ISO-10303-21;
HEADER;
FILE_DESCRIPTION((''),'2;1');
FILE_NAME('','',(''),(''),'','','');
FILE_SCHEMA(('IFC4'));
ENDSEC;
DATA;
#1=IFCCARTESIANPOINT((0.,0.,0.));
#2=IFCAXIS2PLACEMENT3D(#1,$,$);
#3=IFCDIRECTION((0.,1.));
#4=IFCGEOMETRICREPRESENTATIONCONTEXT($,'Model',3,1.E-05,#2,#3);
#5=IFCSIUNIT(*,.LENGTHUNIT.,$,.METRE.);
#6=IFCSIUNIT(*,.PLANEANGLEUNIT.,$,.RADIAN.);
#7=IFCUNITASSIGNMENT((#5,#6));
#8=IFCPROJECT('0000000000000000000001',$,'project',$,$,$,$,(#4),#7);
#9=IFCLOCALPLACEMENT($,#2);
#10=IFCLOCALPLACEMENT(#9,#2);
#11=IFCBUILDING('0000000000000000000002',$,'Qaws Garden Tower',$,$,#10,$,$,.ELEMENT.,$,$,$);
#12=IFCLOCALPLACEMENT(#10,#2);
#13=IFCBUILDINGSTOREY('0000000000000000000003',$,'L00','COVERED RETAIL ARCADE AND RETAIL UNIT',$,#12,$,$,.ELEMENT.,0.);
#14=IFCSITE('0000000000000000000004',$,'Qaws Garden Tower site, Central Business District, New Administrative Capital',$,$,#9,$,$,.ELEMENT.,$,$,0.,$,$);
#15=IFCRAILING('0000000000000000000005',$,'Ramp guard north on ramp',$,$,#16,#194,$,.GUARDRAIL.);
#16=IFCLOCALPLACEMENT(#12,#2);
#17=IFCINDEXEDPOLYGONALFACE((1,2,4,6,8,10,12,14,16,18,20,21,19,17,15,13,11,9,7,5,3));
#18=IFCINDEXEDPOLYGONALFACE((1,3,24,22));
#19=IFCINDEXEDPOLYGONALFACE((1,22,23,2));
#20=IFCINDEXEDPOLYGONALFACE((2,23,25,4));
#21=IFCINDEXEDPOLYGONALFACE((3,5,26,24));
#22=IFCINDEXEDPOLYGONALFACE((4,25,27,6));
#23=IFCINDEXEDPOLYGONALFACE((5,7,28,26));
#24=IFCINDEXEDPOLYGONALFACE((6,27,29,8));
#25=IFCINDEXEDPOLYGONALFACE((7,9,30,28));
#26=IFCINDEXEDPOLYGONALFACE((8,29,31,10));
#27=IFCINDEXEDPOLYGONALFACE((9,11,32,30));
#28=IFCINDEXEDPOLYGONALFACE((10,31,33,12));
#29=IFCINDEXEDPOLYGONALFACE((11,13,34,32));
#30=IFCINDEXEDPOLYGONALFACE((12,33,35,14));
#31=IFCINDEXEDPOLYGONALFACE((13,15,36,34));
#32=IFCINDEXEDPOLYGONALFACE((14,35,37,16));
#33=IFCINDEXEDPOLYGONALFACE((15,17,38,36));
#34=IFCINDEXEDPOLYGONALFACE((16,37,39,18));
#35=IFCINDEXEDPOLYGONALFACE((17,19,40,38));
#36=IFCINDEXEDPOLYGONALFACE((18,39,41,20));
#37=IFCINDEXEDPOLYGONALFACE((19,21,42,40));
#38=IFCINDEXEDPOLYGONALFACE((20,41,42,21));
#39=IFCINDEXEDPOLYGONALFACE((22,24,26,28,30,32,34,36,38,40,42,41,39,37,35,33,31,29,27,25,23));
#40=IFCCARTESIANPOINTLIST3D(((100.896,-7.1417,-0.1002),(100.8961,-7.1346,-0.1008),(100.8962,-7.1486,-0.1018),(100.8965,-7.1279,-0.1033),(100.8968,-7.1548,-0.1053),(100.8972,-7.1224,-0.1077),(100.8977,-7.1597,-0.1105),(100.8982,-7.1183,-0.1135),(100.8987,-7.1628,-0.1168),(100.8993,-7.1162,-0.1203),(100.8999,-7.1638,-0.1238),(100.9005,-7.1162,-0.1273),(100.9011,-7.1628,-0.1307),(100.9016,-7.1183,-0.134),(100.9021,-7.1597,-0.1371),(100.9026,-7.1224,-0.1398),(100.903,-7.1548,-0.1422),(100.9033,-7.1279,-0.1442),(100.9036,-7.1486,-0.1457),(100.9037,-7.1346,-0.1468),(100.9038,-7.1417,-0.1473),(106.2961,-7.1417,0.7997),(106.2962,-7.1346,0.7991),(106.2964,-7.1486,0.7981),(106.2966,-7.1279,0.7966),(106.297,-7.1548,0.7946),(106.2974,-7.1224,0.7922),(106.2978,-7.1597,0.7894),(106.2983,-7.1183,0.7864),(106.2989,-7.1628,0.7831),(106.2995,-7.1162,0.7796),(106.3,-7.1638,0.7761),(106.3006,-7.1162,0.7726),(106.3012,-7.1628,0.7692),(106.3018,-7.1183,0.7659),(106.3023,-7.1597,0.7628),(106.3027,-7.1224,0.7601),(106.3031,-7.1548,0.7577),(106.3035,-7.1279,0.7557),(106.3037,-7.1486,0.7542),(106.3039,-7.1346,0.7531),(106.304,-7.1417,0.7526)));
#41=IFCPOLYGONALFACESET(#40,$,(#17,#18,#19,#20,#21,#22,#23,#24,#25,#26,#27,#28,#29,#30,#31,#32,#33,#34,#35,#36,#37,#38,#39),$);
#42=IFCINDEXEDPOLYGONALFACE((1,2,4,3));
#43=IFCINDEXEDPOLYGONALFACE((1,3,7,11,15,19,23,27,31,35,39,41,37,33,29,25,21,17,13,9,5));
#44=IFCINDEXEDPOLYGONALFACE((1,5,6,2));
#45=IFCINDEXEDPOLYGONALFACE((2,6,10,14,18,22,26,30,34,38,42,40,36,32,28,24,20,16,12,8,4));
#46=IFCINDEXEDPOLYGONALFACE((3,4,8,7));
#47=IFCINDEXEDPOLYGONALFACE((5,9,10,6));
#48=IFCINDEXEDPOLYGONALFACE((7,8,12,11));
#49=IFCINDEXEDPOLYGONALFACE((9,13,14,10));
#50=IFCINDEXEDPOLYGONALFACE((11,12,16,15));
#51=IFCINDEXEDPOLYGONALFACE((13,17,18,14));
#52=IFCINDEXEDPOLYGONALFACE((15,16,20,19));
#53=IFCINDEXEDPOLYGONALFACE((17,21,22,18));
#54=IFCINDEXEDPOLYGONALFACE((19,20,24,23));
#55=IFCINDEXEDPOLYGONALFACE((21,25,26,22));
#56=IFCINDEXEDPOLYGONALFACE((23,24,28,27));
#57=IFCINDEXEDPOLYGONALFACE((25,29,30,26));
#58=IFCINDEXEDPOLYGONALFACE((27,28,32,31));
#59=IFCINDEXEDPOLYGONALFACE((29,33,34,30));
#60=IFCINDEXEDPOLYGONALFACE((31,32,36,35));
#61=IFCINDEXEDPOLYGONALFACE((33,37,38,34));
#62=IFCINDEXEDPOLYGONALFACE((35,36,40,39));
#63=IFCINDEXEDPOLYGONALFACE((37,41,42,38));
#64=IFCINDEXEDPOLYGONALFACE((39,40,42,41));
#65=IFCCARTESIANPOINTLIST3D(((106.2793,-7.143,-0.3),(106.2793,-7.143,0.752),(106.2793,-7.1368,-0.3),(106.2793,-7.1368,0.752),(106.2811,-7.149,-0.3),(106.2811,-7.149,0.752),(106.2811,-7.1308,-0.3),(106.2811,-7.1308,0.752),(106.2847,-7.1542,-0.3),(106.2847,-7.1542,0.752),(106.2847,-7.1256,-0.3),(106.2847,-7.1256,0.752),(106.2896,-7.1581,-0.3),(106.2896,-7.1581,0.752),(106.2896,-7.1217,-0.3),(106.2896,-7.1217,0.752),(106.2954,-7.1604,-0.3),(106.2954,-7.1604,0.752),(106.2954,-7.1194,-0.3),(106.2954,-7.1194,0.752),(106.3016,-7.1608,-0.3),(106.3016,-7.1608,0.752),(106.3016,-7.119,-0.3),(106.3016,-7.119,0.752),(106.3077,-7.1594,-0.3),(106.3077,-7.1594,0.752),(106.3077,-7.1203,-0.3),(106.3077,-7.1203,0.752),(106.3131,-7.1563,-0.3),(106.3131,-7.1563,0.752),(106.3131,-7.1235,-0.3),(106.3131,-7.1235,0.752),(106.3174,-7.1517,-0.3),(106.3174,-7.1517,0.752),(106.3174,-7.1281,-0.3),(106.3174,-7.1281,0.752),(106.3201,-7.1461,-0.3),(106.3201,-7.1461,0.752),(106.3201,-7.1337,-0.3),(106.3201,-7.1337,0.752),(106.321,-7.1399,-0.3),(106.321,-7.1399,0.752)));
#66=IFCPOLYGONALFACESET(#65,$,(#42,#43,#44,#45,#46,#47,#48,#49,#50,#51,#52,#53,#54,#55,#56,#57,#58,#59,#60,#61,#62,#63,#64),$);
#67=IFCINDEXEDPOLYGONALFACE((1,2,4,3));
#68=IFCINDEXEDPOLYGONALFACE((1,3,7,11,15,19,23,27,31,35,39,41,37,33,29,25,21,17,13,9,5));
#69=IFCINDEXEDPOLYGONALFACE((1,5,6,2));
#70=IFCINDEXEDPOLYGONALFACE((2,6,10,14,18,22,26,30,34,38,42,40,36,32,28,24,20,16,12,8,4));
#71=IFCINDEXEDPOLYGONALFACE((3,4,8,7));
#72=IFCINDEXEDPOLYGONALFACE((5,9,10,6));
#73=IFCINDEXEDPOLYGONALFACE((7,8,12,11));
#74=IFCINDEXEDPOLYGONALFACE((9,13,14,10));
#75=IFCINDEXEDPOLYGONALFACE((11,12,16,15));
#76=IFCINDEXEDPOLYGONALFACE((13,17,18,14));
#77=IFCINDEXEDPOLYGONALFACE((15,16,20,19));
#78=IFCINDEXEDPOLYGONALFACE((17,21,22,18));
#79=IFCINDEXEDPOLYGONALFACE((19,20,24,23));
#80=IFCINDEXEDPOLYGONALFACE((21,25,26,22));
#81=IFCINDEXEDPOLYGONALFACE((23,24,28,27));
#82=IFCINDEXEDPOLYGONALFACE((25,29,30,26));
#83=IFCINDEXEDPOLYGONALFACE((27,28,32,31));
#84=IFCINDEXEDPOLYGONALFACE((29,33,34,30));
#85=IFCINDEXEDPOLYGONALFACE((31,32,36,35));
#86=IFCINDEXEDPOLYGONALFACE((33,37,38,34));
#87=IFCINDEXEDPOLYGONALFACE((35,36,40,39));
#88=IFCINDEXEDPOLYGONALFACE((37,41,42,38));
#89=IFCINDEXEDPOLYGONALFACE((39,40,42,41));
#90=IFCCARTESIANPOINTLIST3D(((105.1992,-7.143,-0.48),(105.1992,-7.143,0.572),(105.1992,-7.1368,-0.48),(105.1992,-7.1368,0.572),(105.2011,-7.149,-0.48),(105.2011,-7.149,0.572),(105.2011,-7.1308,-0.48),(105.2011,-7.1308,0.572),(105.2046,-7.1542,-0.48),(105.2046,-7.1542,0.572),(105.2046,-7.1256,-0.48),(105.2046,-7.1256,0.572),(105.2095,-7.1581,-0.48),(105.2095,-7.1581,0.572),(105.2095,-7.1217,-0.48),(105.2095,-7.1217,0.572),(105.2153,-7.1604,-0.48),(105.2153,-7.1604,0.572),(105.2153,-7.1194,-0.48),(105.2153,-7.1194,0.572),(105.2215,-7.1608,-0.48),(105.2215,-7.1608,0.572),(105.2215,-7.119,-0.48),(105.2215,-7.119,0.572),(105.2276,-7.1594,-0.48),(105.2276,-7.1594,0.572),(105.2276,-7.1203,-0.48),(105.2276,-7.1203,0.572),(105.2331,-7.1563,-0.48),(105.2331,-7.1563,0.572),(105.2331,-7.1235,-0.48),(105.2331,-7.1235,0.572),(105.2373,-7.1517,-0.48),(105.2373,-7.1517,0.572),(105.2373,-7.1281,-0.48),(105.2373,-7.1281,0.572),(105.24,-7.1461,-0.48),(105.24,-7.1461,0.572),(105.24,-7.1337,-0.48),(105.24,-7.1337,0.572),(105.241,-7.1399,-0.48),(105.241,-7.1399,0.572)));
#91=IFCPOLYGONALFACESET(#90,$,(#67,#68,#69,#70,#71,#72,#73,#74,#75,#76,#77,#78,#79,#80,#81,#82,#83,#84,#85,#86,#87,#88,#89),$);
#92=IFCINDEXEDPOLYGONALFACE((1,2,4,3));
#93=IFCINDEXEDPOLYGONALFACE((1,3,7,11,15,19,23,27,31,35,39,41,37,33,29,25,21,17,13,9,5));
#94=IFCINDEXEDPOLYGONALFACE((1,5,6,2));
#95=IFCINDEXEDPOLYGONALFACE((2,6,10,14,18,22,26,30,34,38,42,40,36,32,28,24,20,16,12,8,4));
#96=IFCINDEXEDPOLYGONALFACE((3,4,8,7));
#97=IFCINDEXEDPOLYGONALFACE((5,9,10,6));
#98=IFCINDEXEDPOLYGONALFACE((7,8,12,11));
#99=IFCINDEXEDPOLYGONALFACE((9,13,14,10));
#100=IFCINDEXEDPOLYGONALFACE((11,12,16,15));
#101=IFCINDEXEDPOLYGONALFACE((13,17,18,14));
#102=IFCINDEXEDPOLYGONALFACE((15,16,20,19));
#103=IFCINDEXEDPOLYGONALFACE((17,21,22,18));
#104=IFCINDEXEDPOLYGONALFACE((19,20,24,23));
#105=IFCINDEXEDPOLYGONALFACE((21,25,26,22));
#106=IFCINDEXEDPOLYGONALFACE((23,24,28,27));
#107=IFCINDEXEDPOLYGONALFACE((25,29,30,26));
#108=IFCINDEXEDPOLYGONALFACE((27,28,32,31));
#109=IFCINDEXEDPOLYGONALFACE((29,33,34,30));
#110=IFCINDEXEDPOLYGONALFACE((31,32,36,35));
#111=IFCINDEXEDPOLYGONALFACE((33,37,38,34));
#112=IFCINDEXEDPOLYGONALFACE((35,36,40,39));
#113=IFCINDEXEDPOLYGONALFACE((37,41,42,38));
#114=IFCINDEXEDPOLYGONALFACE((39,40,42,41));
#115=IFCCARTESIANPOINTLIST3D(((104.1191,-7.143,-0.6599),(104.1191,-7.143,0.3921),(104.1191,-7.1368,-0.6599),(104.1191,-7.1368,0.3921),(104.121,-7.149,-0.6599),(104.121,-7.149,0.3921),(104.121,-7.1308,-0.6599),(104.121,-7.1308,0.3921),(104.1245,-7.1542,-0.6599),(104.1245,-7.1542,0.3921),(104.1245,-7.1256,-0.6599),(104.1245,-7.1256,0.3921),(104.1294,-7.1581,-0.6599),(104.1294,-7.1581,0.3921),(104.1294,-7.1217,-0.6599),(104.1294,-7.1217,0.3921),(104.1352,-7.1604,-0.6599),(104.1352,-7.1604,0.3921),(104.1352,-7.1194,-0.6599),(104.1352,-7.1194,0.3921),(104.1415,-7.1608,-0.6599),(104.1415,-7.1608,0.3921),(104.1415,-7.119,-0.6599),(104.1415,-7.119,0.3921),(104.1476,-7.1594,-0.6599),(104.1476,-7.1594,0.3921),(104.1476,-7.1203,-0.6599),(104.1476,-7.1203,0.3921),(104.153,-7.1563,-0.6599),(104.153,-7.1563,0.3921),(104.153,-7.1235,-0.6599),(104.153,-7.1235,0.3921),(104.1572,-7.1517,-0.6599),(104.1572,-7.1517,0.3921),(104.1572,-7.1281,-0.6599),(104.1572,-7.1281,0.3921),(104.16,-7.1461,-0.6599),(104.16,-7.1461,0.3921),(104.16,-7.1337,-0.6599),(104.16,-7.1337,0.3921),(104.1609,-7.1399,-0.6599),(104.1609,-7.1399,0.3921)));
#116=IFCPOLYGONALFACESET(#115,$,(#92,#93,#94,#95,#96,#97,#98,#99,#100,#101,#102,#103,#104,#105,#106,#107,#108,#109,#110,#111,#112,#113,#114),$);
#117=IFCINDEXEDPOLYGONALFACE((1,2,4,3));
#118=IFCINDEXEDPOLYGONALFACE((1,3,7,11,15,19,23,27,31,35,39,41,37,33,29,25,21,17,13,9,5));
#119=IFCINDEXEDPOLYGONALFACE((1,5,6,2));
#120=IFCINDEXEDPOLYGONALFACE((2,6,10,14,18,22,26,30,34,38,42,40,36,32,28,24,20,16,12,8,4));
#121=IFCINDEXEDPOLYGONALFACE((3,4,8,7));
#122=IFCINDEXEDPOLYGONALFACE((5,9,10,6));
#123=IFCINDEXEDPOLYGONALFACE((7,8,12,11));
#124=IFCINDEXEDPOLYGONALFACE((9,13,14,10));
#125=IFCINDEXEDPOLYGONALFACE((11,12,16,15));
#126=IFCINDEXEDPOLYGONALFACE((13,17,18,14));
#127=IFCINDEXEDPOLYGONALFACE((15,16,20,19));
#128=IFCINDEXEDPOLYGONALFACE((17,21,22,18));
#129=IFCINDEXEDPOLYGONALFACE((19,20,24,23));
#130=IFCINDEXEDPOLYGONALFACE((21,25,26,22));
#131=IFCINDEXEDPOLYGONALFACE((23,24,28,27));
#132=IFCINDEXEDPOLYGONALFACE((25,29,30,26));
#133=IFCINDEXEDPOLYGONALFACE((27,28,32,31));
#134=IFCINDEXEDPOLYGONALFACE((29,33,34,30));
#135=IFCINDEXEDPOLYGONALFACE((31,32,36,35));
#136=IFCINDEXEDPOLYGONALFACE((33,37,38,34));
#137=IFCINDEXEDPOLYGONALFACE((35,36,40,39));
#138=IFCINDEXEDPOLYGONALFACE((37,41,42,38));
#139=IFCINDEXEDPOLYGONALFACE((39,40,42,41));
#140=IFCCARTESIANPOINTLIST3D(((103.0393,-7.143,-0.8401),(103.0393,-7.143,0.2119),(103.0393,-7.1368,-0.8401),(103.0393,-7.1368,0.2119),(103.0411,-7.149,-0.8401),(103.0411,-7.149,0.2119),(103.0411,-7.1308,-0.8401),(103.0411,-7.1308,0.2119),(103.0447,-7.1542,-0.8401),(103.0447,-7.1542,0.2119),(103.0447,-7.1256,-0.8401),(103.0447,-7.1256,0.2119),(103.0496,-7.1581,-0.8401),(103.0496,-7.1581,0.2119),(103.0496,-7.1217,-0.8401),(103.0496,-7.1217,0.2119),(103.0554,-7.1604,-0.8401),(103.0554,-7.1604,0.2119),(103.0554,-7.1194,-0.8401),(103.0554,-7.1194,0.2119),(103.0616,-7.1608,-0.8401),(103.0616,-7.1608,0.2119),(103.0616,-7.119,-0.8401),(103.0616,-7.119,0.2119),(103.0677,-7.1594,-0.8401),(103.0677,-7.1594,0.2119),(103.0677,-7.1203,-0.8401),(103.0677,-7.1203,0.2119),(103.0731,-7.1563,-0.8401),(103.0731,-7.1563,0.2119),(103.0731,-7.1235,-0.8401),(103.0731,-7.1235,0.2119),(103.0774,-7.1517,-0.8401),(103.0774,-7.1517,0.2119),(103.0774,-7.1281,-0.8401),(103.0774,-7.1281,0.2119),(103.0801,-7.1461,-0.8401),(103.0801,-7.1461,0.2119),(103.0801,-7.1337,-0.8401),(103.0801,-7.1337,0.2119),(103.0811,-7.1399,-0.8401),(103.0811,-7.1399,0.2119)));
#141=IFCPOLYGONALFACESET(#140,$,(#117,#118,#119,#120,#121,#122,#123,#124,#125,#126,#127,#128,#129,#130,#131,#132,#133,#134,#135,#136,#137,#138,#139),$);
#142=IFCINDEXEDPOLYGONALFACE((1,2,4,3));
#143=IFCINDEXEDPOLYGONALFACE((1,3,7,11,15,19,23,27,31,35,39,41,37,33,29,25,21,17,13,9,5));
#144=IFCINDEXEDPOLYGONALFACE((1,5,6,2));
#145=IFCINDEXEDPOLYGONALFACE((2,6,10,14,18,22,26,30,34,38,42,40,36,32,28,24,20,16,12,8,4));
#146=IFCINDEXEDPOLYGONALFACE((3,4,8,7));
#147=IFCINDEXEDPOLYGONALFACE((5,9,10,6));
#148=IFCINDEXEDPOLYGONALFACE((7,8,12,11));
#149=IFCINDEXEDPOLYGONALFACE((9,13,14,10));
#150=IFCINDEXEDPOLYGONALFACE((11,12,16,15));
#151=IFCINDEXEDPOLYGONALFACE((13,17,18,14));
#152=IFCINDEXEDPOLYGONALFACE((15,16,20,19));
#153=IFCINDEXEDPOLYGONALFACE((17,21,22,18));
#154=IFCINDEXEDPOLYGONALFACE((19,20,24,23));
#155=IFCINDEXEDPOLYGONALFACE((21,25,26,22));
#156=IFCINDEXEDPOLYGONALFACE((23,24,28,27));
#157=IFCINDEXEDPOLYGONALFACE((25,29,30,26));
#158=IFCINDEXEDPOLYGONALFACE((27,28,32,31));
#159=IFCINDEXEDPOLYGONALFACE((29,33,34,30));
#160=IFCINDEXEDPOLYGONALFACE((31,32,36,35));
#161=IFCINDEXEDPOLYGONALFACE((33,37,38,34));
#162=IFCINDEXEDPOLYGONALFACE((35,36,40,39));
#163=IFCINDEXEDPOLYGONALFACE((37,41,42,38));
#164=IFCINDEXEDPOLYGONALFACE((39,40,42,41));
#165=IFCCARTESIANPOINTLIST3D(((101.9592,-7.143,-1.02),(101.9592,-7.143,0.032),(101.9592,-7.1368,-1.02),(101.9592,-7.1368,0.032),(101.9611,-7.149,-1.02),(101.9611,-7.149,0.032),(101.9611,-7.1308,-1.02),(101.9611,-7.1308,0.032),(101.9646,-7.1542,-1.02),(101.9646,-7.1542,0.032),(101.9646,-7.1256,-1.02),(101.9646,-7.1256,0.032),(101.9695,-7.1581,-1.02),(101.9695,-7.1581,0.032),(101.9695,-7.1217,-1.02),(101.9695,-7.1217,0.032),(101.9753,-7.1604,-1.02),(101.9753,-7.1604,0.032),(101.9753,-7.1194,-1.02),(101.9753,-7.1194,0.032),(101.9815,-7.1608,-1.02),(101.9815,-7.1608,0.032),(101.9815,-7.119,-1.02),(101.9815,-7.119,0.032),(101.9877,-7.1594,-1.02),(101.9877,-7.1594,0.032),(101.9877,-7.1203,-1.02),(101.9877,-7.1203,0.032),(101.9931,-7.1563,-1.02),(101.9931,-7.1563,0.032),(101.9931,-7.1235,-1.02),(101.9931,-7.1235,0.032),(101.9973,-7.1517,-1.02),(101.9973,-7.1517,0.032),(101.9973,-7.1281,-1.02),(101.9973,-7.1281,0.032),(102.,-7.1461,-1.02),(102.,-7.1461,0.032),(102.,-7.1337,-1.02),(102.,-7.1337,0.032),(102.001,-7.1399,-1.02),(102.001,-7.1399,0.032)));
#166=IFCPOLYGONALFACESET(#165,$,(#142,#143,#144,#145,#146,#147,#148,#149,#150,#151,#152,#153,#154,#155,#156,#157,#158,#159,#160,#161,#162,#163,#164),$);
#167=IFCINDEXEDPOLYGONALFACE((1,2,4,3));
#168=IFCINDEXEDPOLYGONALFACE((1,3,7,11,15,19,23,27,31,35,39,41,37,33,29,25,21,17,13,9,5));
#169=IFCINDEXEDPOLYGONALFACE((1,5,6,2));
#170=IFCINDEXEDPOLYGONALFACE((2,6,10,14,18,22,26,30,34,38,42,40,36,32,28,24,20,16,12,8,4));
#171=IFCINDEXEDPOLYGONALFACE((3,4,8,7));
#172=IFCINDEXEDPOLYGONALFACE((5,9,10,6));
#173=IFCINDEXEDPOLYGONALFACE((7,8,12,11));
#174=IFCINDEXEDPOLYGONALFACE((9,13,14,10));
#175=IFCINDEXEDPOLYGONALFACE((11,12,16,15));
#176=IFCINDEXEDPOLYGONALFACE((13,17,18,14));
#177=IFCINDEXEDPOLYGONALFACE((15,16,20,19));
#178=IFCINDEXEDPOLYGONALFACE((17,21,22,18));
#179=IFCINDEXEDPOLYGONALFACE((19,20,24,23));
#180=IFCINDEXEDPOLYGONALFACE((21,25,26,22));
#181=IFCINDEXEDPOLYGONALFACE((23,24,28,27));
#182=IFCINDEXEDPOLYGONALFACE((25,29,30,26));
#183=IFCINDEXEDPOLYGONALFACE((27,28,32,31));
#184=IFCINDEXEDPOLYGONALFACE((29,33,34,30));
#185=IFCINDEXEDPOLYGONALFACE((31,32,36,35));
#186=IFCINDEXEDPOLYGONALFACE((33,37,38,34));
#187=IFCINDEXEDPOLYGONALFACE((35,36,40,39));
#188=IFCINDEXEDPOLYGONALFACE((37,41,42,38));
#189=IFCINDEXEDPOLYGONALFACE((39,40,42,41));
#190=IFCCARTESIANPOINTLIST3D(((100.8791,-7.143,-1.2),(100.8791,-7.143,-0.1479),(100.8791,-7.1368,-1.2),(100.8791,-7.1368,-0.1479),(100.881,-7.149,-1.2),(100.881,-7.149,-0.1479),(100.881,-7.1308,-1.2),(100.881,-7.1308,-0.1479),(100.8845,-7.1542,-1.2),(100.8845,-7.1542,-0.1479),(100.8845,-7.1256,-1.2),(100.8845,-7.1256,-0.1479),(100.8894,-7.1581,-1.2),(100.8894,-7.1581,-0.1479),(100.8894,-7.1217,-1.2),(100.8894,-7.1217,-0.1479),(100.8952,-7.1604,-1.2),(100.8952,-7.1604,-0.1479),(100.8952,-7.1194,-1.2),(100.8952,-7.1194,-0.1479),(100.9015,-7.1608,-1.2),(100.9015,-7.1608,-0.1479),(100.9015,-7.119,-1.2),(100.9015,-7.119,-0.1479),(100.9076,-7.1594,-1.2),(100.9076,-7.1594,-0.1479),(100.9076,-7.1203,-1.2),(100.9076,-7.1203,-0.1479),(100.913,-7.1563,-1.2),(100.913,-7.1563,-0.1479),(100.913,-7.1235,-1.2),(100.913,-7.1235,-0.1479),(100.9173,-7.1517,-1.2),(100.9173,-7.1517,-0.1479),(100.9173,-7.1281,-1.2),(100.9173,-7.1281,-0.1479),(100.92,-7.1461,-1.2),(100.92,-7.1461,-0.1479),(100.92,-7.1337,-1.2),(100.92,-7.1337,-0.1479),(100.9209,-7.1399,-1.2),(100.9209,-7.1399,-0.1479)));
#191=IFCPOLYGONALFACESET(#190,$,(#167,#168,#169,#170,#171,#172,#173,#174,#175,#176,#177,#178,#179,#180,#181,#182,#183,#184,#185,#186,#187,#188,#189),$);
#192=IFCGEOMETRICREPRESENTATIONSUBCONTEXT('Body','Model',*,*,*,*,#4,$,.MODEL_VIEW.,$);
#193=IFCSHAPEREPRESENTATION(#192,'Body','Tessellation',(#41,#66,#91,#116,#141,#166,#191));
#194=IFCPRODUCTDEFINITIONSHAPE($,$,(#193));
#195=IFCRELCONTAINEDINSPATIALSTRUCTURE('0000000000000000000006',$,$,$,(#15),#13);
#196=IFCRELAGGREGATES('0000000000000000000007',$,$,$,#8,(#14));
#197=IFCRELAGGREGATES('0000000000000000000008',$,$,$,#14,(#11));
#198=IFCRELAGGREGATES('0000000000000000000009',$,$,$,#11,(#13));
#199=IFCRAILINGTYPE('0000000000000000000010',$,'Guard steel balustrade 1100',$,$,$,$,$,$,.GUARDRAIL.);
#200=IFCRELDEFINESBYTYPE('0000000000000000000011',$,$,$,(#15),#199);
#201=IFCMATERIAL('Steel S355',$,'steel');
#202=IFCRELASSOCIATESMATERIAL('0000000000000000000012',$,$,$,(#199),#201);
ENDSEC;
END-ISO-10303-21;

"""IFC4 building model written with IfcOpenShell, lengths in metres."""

from ifc_helpers import new_model, si_unit, direction, frame, origin, origin_2d, place, context, subcontext, project, spatial, circle, extrude, material, type_object, element, save


model = new_model("IFC4")

# Units and contexts
model_context = context("Model", 3, precision=1e-05, world=origin(), true_north=direction((0.0, 1.0)))
body_context = subcontext(model_context, "Body", "Model", "MODEL_VIEW")
ifc_project = project(units=[si_unit("LENGTHUNIT", "METRE"), si_unit("PLANEANGLEUNIT", "RADIAN")], contexts=[model_context])

# Site, building, storey
site_placement = place(None, origin())
site = spatial("IfcSite", under=ifc_project, at=site_placement, Name="Qaws Garden Tower site, Central Business District, New Administrative Capital", CompositionType="ELEMENT", RefElevation=0.0)
building_placement = place(site_placement, origin())
building = spatial("IfcBuilding", under=site, at=building_placement, Name="Qaws Garden Tower", CompositionType="ELEMENT")
storey_placement = place(building_placement, origin())
storey = spatial("IfcBuildingStorey", under=building, at=storey_placement, Name="L00", Description="COVERED RETAIL ARCADE AND RETAIL UNIT", CompositionType="ELEMENT", Elevation=0.0)

# Railing
ifc_material_1 = material(Name="Steel S355", Category="steel")
railing_type = type_object("IfcRailingType", Name="Guard steel balustrade 1100", PredefinedType="GUARDRAIL", material=ifc_material_1)
for number, where, name in (
    (1, (106.3, -7.1399, -0.3), "Ramp guard north on ramp"),
):
    element("IfcRailing", number, at=place(storey_placement, frame(where)), inside=storey, type_object=railing_type, Name=name, PredefinedType="GUARDRAIL", context=body_context, shape_type="SweptSolid", body=[
        extrude(circle(Radius=0.0239, at=origin_2d()), frame((0.0, 0.0, 1.0762), z_axis=(-0.986398, 0.0, -0.164377), x_axis=(0.0, -1.0, 0.0)), (0.0, 0.0, 1.0), 5.4746),
        extrude(circle(Radius=0.021, at=origin_2d()), origin(), (0.0, 0.0, 1.0), 1.052),
        extrude(circle(Radius=0.021, at=origin_2d()), frame((-1.0801, 0.0, -0.1799)), (0.0, 0.0, 1.0), 1.052),
        extrude(circle(Radius=0.021, at=origin_2d()), frame((-2.1602, 0.0, -0.3599)), (0.0, 0.0, 1.0), 1.052),
        extrude(circle(Radius=0.021, at=origin_2d()), frame((-3.24, 0.0, -0.54)), (0.0, 0.0, 1.0), 1.052),
        extrude(circle(Radius=0.021, at=origin_2d()), frame((-4.3201, 0.0, -0.72)), (0.0, 0.0, 1.0), 1.052),
        extrude(circle(Radius=0.021, at=origin_2d()), frame((-5.4001, 0.0, -0.8999)), (0.0, 0.0, 1.0), 1.052),
    ])

save(model, "model.ifc")
